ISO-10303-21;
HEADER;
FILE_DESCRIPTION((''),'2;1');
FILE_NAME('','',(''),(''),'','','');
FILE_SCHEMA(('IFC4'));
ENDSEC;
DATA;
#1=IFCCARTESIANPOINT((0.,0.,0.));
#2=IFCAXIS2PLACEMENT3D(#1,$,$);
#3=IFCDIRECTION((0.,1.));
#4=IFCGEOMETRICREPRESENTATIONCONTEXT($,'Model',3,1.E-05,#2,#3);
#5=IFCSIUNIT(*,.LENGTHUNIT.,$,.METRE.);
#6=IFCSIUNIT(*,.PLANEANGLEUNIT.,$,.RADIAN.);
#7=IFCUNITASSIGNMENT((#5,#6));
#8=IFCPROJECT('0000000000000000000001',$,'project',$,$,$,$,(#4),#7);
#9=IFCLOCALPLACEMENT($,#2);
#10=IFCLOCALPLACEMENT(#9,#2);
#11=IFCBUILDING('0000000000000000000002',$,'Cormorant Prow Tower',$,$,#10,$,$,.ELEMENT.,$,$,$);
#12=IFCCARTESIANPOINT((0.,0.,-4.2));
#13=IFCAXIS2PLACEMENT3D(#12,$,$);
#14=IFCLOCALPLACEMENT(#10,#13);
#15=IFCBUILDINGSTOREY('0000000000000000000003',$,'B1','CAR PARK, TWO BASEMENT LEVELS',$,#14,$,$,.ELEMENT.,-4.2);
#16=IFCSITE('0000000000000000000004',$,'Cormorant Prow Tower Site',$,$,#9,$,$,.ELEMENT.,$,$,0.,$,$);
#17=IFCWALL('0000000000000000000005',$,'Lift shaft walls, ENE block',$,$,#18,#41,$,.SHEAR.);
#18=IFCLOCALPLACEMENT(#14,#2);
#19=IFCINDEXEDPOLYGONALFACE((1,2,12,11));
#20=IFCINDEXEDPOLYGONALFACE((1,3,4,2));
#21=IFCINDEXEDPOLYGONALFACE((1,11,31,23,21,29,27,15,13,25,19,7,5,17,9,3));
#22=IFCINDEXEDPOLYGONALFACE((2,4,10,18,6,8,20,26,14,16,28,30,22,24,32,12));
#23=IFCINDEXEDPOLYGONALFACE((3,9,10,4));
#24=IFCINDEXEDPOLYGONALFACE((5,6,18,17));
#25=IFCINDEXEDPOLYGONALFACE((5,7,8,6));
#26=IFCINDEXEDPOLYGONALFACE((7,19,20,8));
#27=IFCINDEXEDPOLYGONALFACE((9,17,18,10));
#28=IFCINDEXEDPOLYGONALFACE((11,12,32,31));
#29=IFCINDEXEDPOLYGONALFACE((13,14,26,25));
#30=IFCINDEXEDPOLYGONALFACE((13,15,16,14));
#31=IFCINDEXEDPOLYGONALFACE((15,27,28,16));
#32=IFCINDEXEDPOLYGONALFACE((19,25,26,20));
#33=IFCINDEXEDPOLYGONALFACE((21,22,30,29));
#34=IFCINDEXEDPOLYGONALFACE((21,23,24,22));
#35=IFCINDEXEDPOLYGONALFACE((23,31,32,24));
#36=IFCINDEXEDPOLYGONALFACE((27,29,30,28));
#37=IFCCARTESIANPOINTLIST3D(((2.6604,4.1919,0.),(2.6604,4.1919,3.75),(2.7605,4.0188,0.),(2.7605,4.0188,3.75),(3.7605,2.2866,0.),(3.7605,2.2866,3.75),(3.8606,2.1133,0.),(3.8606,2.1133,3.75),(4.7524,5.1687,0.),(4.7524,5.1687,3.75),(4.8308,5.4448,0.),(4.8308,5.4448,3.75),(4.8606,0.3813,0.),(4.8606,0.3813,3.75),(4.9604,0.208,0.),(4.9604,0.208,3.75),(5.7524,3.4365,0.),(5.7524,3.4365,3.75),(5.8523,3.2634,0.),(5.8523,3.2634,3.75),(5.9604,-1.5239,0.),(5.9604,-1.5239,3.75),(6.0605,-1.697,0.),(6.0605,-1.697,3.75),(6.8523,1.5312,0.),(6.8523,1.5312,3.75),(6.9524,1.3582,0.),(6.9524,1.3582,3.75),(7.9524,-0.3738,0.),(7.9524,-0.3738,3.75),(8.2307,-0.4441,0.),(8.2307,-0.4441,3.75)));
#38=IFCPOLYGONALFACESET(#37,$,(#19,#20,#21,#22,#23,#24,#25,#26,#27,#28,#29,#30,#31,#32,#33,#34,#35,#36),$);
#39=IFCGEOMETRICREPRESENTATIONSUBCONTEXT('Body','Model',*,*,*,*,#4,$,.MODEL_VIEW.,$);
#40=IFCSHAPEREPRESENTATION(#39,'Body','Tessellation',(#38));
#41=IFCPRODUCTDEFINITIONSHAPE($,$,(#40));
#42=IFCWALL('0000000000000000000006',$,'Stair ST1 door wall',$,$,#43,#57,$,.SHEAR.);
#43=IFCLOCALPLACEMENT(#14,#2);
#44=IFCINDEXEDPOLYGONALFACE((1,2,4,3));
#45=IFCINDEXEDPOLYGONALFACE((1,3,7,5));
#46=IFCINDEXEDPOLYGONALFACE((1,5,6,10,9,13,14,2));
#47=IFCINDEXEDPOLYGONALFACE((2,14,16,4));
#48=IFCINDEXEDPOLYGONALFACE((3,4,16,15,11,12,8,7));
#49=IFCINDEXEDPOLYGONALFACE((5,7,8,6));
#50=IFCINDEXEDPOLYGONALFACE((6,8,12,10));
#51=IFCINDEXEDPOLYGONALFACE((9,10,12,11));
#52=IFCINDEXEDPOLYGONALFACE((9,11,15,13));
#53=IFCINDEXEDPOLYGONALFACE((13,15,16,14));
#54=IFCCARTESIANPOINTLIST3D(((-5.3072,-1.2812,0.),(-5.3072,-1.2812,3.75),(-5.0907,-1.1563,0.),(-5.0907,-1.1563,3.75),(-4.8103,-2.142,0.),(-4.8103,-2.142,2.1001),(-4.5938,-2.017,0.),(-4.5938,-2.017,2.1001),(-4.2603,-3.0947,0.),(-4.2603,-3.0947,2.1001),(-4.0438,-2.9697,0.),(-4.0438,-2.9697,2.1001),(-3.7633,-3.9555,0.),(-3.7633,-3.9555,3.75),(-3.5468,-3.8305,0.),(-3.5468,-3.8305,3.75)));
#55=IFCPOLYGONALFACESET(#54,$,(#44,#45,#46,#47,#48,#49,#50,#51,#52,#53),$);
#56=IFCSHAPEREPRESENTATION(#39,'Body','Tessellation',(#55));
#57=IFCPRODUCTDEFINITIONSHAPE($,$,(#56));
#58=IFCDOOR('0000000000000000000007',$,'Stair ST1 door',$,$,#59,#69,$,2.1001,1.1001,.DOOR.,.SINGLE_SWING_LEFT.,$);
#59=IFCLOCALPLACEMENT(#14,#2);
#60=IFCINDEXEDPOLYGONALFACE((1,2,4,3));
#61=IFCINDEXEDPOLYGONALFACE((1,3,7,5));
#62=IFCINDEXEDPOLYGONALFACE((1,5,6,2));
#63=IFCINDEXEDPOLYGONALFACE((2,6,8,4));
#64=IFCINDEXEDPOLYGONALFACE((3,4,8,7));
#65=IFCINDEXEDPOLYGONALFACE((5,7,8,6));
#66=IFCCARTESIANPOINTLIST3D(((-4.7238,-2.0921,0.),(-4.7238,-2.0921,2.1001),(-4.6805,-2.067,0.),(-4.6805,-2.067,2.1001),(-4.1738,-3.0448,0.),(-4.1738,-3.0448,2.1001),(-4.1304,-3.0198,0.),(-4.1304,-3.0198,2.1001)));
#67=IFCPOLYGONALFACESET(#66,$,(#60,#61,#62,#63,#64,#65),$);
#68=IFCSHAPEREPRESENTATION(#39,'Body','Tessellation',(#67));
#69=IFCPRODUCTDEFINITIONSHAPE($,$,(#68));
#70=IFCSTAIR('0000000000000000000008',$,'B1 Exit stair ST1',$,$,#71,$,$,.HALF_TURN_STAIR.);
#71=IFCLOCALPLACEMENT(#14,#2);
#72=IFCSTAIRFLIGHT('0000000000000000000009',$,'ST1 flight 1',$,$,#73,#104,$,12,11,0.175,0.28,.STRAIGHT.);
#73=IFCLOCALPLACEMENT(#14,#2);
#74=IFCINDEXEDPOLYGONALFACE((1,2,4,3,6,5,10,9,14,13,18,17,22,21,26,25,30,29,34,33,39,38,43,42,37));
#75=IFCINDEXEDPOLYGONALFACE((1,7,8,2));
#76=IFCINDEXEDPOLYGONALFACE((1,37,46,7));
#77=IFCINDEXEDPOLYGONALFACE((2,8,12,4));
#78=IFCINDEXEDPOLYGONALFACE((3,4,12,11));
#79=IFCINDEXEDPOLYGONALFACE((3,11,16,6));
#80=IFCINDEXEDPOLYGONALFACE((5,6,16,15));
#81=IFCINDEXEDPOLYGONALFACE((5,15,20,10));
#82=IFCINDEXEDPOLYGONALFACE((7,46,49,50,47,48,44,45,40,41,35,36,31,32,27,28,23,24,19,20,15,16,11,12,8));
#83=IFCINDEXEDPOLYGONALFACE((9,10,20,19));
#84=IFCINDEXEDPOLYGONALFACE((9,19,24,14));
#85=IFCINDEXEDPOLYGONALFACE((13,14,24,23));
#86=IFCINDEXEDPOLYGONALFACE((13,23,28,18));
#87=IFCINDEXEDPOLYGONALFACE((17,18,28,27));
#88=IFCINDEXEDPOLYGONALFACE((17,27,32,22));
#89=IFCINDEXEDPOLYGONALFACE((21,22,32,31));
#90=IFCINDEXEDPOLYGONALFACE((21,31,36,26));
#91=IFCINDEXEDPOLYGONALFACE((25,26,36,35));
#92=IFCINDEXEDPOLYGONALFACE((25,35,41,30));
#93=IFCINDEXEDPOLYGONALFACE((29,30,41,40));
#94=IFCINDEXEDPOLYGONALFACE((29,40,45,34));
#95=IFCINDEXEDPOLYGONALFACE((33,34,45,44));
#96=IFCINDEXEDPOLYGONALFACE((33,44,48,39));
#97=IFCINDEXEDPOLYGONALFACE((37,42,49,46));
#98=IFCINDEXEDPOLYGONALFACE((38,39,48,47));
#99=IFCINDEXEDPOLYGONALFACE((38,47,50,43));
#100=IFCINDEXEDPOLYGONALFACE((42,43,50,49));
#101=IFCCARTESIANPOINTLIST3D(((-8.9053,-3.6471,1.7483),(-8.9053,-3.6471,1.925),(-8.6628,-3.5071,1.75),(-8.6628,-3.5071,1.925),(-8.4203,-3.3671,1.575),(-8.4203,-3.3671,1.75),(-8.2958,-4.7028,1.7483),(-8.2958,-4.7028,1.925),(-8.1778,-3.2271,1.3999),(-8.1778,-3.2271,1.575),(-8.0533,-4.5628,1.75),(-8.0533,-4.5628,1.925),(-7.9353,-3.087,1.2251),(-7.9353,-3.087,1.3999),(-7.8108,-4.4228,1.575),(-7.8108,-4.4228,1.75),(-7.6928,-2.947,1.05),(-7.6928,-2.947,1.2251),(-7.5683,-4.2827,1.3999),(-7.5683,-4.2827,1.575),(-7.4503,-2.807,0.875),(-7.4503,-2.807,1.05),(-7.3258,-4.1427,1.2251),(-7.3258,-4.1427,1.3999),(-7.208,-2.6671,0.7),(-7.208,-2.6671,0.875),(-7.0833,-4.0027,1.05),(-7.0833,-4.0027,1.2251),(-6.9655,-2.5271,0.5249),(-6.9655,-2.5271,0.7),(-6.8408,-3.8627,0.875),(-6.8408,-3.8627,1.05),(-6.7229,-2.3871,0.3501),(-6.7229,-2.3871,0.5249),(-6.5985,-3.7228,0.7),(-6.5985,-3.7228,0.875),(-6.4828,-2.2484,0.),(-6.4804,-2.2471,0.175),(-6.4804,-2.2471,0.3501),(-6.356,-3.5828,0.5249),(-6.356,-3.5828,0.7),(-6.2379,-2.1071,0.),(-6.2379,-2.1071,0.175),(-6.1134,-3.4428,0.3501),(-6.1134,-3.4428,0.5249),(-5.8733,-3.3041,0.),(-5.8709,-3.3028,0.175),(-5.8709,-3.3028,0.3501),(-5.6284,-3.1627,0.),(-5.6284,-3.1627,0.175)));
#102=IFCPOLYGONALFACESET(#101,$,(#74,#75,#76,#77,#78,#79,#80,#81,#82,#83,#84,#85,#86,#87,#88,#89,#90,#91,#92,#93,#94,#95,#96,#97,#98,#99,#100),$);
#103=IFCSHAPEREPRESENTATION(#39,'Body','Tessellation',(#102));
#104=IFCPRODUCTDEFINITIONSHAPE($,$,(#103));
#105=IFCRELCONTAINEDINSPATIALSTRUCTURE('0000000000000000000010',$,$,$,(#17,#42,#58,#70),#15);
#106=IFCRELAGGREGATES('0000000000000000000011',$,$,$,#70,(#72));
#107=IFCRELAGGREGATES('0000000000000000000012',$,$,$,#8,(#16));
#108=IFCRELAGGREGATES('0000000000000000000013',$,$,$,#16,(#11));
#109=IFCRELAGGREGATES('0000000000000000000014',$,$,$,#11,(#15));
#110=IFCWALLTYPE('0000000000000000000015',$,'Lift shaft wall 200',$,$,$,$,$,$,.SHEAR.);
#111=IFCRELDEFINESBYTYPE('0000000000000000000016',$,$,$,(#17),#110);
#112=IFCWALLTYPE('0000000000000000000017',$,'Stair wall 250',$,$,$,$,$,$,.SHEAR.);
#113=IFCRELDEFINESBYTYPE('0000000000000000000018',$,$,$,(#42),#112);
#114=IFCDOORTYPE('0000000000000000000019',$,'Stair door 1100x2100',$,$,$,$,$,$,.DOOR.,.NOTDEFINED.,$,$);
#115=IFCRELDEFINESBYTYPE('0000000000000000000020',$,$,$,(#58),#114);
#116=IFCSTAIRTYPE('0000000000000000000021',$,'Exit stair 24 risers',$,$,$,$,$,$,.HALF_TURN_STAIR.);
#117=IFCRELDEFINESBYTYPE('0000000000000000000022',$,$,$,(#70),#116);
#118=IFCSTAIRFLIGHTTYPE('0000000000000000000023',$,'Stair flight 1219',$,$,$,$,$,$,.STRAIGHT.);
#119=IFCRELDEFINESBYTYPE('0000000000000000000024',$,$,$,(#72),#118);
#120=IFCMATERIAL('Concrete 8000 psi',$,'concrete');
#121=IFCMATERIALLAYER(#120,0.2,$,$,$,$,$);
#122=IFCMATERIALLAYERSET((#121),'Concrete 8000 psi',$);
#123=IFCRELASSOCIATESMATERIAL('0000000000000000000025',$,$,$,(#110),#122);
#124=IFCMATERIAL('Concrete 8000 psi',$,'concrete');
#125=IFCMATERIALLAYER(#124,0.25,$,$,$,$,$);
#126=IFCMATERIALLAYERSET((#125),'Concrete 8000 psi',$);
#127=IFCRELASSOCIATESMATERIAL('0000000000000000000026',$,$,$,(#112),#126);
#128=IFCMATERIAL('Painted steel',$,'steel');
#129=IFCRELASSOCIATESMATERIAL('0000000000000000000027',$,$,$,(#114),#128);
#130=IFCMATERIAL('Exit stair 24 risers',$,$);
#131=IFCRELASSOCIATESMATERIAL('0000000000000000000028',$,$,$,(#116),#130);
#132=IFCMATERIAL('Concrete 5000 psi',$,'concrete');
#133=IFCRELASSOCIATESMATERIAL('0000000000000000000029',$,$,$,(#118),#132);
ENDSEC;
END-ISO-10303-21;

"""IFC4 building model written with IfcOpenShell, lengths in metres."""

from ifc_helpers import new_model, si_unit, direction, frame, frame_2d, origin, place, context, subcontext, project, spatial, polyline, rectangle, outline, extrude, material, layer, layer_set, type_object, element, fill, aggregate, save


model = new_model("IFC4")

# Units and contexts
model_context = context("Model", 3, precision=1e-05, world=origin(), true_north=direction((0.0, 1.0)))
body_context = subcontext(model_context, "Body", "Model", "MODEL_VIEW")
ifc_project = project(units=[si_unit("LENGTHUNIT", "METRE"), si_unit("PLANEANGLEUNIT", "RADIAN")], contexts=[model_context])

# Site, building, storey
site_placement = place(None, origin())
site = spatial("IfcSite", under=ifc_project, at=site_placement, Name="Cormorant Prow Tower Site", CompositionType="ELEMENT", RefElevation=0.0)
building_placement = place(site_placement, origin())
building = spatial("IfcBuilding", under=site, at=building_placement, Name="Cormorant Prow Tower", CompositionType="ELEMENT")
storey_placement = place(building_placement, frame((0.0, 0.0, -4.2)))
storey = spatial("IfcBuildingStorey", under=building, at=storey_placement, Name="B1", Description="CAR PARK, TWO BASEMENT LEVELS", CompositionType="ELEMENT", Elevation=-4.2)

# Wall
ifc_material_1 = material(Name="Concrete 8000 psi", Category="concrete")
ifc_layer_1 = layer(ifc_material_1, 0.2)
ifc_layer_set_1 = layer_set([ifc_layer_1], Name="Concrete 8000 psi")
wall_type_1 = type_object("IfcWallType", Name="Lift shaft wall 200", PredefinedType="SHEAR", material=ifc_layer_set_1)
wall_1_placement = place(storey_placement, origin())
element("IfcWall", 1, at=wall_1_placement, inside=storey, type_object=wall_type_1, Name="Lift shaft walls, ENE block", PredefinedType="SHEAR", context=body_context, shape_type="SweptSolid", body=[
    extrude(outline(polyline([(2.6604, 4.1919), (4.8308, 5.4448), (8.2307, -0.4441), (6.0605, -1.697), (5.9604, -1.5239), (7.9524, -0.3738), (6.9524, 1.3582), (4.9604, 0.208), (4.8606, 0.3813), (6.8523, 1.5312), (5.8523, 3.2634), (3.8606, 2.1133), (3.7605, 2.2866), (5.7524, 3.4365), (4.7524, 5.1687), (2.7605, 4.0188), (2.6604, 4.1919)])), origin(), (0.0, 0.0, 1.0), 3.75),
])

# Wall, opening, door
ifc_material_2 = material(Name="Concrete 8000 psi", Category="concrete")
ifc_layer_2 = layer(ifc_material_2, 0.25)
ifc_layer_set_2 = layer_set([ifc_layer_2], Name="Concrete 8000 psi")
wall_type_2 = type_object("IfcWallType", Name="Stair wall 250", PredefinedType="SHEAR", material=ifc_layer_set_2)
wall_2_placement = place(storey_placement, frame((-5.199, -1.2188, 0.0), z_axis=(0.0, 0.0, 1.0), x_axis=(0.499983, -0.866035, 0.0)))
wall_2 = element("IfcWall", 2, at=wall_2_placement, inside=storey, type_object=wall_type_2, Name="Stair ST1 door wall", PredefinedType="SHEAR", context=body_context, shape_type="SweptSolid", body=[
    extrude(rectangle(XDim=3.0879, YDim=0.25, at=frame_2d((1.5439, 0.0))), origin(), (0.0, 0.0, 1.0), 3.75),
])
opening_1_placement = place(wall_2_placement, frame((0.9939, 0.0, 0.0)))
opening_1 = element("IfcOpeningElement", 3, at=opening_1_placement, cuts=wall_2, PredefinedType="OPENING", context=body_context, shape_type="SweptSolid", body=[
    extrude(rectangle(XDim=1.1001, YDim=2.1001, at=frame_2d((0.55, 1.05))), frame((0.0, 0.135, 0.0), z_axis=(0.0, -1.0, 0.0), x_axis=(1.0, 0.0, 0.0)), (0.0, 0.0, 1.0), 0.27),
])
ifc_material_3 = material(Name="Painted steel", Category="steel")
door_type_1 = type_object("IfcDoorType", Name="Stair door 1100x2100", OperationType="NOTDEFINED", PredefinedType="DOOR", material=ifc_material_3)
door_1_placement = place(opening_1_placement, origin())
door_1 = element("IfcDoor", 4, at=door_1_placement, inside=storey, type_object=door_type_1, Name="Stair ST1 door", OperationType="SINGLE_SWING_LEFT", OverallHeight=2.1001, OverallWidth=1.1001, PredefinedType="DOOR", context=body_context, shape_type="SweptSolid", body=[
    extrude(rectangle(XDim=1.1001, YDim=2.1001, at=frame_2d((0.55, 1.05))), frame((0.0, 0.0249, 0.0), z_axis=(0.0, -1.0, 0.0), x_axis=(1.0, 0.0, 0.0)), (0.0, 0.0, 1.0), 0.05),
])
fill(opening_1, door_1)

# Stair, stair flight
ifc_material_4 = material(Name="Exit stair 24 risers")
stair_type = type_object("IfcStairType", Name="Exit stair 24 risers", PredefinedType="HALF_TURN_STAIR", material=ifc_material_4)
stair_placement = place(storey_placement, origin())
stair = element("IfcStair", 5, at=stair_placement, inside=storey, type_object=stair_type, Name="B1 Exit stair ST1", PredefinedType="HALF_TURN_STAIR")
ifc_material_5 = material(Name="Concrete 5000 psi", Category="concrete")
stair_flight_type = type_object("IfcStairFlightType", Name="Stair flight 1219", PredefinedType="STRAIGHT", material=ifc_material_5)
stair_flight_placement = place(storey_placement, frame((-5.9331, -2.635, 0.0), z_axis=(0.0, 0.0, 1.0), x_axis=(-0.866025, -0.5, 0.0)))
stair_flight = element("IfcStairFlight", 6, at=stair_flight_placement, type_object=stair_flight_type, Name="ST1 flight 1", NumberOfRisers=12, NumberOfTreads=11, PredefinedType="STRAIGHT", RiserHeight=0.175, TreadLength=0.28, context=body_context, shape_type="SweptSolid", body=[
    extrude(outline(polyline([(0.0, 0.0), (0.0, 0.175), (0.28, 0.175), (0.28, 0.3501), (0.5601, 0.3501), (0.5601, 0.5249), (0.8401, 0.5249), (0.8401, 0.7), (1.1201, 0.7), (1.1201, 0.875), (1.3999, 0.875), (1.3999, 1.05), (1.6799, 1.05), (1.6799, 1.2251), (1.96, 1.2251), (1.96, 1.3999), (2.24, 1.3999), (2.24, 1.575), (2.52, 1.575), (2.52, 1.75), (2.8, 1.75), (2.8, 1.925), (3.0801, 1.925), (3.0801, 2.1001), (3.0801, 1.7483), (0.2827, 0.0), (0.0, 0.0)])), frame((0.0, 0.6094, 0.0), z_axis=(0.0, -1.0, 0.0), x_axis=(1.0, 0.0, 0.0)), (0.0, 0.0, 1.0), 1.219),
])
aggregate(stair, [stair_flight])

save(model, "model.ifc")
